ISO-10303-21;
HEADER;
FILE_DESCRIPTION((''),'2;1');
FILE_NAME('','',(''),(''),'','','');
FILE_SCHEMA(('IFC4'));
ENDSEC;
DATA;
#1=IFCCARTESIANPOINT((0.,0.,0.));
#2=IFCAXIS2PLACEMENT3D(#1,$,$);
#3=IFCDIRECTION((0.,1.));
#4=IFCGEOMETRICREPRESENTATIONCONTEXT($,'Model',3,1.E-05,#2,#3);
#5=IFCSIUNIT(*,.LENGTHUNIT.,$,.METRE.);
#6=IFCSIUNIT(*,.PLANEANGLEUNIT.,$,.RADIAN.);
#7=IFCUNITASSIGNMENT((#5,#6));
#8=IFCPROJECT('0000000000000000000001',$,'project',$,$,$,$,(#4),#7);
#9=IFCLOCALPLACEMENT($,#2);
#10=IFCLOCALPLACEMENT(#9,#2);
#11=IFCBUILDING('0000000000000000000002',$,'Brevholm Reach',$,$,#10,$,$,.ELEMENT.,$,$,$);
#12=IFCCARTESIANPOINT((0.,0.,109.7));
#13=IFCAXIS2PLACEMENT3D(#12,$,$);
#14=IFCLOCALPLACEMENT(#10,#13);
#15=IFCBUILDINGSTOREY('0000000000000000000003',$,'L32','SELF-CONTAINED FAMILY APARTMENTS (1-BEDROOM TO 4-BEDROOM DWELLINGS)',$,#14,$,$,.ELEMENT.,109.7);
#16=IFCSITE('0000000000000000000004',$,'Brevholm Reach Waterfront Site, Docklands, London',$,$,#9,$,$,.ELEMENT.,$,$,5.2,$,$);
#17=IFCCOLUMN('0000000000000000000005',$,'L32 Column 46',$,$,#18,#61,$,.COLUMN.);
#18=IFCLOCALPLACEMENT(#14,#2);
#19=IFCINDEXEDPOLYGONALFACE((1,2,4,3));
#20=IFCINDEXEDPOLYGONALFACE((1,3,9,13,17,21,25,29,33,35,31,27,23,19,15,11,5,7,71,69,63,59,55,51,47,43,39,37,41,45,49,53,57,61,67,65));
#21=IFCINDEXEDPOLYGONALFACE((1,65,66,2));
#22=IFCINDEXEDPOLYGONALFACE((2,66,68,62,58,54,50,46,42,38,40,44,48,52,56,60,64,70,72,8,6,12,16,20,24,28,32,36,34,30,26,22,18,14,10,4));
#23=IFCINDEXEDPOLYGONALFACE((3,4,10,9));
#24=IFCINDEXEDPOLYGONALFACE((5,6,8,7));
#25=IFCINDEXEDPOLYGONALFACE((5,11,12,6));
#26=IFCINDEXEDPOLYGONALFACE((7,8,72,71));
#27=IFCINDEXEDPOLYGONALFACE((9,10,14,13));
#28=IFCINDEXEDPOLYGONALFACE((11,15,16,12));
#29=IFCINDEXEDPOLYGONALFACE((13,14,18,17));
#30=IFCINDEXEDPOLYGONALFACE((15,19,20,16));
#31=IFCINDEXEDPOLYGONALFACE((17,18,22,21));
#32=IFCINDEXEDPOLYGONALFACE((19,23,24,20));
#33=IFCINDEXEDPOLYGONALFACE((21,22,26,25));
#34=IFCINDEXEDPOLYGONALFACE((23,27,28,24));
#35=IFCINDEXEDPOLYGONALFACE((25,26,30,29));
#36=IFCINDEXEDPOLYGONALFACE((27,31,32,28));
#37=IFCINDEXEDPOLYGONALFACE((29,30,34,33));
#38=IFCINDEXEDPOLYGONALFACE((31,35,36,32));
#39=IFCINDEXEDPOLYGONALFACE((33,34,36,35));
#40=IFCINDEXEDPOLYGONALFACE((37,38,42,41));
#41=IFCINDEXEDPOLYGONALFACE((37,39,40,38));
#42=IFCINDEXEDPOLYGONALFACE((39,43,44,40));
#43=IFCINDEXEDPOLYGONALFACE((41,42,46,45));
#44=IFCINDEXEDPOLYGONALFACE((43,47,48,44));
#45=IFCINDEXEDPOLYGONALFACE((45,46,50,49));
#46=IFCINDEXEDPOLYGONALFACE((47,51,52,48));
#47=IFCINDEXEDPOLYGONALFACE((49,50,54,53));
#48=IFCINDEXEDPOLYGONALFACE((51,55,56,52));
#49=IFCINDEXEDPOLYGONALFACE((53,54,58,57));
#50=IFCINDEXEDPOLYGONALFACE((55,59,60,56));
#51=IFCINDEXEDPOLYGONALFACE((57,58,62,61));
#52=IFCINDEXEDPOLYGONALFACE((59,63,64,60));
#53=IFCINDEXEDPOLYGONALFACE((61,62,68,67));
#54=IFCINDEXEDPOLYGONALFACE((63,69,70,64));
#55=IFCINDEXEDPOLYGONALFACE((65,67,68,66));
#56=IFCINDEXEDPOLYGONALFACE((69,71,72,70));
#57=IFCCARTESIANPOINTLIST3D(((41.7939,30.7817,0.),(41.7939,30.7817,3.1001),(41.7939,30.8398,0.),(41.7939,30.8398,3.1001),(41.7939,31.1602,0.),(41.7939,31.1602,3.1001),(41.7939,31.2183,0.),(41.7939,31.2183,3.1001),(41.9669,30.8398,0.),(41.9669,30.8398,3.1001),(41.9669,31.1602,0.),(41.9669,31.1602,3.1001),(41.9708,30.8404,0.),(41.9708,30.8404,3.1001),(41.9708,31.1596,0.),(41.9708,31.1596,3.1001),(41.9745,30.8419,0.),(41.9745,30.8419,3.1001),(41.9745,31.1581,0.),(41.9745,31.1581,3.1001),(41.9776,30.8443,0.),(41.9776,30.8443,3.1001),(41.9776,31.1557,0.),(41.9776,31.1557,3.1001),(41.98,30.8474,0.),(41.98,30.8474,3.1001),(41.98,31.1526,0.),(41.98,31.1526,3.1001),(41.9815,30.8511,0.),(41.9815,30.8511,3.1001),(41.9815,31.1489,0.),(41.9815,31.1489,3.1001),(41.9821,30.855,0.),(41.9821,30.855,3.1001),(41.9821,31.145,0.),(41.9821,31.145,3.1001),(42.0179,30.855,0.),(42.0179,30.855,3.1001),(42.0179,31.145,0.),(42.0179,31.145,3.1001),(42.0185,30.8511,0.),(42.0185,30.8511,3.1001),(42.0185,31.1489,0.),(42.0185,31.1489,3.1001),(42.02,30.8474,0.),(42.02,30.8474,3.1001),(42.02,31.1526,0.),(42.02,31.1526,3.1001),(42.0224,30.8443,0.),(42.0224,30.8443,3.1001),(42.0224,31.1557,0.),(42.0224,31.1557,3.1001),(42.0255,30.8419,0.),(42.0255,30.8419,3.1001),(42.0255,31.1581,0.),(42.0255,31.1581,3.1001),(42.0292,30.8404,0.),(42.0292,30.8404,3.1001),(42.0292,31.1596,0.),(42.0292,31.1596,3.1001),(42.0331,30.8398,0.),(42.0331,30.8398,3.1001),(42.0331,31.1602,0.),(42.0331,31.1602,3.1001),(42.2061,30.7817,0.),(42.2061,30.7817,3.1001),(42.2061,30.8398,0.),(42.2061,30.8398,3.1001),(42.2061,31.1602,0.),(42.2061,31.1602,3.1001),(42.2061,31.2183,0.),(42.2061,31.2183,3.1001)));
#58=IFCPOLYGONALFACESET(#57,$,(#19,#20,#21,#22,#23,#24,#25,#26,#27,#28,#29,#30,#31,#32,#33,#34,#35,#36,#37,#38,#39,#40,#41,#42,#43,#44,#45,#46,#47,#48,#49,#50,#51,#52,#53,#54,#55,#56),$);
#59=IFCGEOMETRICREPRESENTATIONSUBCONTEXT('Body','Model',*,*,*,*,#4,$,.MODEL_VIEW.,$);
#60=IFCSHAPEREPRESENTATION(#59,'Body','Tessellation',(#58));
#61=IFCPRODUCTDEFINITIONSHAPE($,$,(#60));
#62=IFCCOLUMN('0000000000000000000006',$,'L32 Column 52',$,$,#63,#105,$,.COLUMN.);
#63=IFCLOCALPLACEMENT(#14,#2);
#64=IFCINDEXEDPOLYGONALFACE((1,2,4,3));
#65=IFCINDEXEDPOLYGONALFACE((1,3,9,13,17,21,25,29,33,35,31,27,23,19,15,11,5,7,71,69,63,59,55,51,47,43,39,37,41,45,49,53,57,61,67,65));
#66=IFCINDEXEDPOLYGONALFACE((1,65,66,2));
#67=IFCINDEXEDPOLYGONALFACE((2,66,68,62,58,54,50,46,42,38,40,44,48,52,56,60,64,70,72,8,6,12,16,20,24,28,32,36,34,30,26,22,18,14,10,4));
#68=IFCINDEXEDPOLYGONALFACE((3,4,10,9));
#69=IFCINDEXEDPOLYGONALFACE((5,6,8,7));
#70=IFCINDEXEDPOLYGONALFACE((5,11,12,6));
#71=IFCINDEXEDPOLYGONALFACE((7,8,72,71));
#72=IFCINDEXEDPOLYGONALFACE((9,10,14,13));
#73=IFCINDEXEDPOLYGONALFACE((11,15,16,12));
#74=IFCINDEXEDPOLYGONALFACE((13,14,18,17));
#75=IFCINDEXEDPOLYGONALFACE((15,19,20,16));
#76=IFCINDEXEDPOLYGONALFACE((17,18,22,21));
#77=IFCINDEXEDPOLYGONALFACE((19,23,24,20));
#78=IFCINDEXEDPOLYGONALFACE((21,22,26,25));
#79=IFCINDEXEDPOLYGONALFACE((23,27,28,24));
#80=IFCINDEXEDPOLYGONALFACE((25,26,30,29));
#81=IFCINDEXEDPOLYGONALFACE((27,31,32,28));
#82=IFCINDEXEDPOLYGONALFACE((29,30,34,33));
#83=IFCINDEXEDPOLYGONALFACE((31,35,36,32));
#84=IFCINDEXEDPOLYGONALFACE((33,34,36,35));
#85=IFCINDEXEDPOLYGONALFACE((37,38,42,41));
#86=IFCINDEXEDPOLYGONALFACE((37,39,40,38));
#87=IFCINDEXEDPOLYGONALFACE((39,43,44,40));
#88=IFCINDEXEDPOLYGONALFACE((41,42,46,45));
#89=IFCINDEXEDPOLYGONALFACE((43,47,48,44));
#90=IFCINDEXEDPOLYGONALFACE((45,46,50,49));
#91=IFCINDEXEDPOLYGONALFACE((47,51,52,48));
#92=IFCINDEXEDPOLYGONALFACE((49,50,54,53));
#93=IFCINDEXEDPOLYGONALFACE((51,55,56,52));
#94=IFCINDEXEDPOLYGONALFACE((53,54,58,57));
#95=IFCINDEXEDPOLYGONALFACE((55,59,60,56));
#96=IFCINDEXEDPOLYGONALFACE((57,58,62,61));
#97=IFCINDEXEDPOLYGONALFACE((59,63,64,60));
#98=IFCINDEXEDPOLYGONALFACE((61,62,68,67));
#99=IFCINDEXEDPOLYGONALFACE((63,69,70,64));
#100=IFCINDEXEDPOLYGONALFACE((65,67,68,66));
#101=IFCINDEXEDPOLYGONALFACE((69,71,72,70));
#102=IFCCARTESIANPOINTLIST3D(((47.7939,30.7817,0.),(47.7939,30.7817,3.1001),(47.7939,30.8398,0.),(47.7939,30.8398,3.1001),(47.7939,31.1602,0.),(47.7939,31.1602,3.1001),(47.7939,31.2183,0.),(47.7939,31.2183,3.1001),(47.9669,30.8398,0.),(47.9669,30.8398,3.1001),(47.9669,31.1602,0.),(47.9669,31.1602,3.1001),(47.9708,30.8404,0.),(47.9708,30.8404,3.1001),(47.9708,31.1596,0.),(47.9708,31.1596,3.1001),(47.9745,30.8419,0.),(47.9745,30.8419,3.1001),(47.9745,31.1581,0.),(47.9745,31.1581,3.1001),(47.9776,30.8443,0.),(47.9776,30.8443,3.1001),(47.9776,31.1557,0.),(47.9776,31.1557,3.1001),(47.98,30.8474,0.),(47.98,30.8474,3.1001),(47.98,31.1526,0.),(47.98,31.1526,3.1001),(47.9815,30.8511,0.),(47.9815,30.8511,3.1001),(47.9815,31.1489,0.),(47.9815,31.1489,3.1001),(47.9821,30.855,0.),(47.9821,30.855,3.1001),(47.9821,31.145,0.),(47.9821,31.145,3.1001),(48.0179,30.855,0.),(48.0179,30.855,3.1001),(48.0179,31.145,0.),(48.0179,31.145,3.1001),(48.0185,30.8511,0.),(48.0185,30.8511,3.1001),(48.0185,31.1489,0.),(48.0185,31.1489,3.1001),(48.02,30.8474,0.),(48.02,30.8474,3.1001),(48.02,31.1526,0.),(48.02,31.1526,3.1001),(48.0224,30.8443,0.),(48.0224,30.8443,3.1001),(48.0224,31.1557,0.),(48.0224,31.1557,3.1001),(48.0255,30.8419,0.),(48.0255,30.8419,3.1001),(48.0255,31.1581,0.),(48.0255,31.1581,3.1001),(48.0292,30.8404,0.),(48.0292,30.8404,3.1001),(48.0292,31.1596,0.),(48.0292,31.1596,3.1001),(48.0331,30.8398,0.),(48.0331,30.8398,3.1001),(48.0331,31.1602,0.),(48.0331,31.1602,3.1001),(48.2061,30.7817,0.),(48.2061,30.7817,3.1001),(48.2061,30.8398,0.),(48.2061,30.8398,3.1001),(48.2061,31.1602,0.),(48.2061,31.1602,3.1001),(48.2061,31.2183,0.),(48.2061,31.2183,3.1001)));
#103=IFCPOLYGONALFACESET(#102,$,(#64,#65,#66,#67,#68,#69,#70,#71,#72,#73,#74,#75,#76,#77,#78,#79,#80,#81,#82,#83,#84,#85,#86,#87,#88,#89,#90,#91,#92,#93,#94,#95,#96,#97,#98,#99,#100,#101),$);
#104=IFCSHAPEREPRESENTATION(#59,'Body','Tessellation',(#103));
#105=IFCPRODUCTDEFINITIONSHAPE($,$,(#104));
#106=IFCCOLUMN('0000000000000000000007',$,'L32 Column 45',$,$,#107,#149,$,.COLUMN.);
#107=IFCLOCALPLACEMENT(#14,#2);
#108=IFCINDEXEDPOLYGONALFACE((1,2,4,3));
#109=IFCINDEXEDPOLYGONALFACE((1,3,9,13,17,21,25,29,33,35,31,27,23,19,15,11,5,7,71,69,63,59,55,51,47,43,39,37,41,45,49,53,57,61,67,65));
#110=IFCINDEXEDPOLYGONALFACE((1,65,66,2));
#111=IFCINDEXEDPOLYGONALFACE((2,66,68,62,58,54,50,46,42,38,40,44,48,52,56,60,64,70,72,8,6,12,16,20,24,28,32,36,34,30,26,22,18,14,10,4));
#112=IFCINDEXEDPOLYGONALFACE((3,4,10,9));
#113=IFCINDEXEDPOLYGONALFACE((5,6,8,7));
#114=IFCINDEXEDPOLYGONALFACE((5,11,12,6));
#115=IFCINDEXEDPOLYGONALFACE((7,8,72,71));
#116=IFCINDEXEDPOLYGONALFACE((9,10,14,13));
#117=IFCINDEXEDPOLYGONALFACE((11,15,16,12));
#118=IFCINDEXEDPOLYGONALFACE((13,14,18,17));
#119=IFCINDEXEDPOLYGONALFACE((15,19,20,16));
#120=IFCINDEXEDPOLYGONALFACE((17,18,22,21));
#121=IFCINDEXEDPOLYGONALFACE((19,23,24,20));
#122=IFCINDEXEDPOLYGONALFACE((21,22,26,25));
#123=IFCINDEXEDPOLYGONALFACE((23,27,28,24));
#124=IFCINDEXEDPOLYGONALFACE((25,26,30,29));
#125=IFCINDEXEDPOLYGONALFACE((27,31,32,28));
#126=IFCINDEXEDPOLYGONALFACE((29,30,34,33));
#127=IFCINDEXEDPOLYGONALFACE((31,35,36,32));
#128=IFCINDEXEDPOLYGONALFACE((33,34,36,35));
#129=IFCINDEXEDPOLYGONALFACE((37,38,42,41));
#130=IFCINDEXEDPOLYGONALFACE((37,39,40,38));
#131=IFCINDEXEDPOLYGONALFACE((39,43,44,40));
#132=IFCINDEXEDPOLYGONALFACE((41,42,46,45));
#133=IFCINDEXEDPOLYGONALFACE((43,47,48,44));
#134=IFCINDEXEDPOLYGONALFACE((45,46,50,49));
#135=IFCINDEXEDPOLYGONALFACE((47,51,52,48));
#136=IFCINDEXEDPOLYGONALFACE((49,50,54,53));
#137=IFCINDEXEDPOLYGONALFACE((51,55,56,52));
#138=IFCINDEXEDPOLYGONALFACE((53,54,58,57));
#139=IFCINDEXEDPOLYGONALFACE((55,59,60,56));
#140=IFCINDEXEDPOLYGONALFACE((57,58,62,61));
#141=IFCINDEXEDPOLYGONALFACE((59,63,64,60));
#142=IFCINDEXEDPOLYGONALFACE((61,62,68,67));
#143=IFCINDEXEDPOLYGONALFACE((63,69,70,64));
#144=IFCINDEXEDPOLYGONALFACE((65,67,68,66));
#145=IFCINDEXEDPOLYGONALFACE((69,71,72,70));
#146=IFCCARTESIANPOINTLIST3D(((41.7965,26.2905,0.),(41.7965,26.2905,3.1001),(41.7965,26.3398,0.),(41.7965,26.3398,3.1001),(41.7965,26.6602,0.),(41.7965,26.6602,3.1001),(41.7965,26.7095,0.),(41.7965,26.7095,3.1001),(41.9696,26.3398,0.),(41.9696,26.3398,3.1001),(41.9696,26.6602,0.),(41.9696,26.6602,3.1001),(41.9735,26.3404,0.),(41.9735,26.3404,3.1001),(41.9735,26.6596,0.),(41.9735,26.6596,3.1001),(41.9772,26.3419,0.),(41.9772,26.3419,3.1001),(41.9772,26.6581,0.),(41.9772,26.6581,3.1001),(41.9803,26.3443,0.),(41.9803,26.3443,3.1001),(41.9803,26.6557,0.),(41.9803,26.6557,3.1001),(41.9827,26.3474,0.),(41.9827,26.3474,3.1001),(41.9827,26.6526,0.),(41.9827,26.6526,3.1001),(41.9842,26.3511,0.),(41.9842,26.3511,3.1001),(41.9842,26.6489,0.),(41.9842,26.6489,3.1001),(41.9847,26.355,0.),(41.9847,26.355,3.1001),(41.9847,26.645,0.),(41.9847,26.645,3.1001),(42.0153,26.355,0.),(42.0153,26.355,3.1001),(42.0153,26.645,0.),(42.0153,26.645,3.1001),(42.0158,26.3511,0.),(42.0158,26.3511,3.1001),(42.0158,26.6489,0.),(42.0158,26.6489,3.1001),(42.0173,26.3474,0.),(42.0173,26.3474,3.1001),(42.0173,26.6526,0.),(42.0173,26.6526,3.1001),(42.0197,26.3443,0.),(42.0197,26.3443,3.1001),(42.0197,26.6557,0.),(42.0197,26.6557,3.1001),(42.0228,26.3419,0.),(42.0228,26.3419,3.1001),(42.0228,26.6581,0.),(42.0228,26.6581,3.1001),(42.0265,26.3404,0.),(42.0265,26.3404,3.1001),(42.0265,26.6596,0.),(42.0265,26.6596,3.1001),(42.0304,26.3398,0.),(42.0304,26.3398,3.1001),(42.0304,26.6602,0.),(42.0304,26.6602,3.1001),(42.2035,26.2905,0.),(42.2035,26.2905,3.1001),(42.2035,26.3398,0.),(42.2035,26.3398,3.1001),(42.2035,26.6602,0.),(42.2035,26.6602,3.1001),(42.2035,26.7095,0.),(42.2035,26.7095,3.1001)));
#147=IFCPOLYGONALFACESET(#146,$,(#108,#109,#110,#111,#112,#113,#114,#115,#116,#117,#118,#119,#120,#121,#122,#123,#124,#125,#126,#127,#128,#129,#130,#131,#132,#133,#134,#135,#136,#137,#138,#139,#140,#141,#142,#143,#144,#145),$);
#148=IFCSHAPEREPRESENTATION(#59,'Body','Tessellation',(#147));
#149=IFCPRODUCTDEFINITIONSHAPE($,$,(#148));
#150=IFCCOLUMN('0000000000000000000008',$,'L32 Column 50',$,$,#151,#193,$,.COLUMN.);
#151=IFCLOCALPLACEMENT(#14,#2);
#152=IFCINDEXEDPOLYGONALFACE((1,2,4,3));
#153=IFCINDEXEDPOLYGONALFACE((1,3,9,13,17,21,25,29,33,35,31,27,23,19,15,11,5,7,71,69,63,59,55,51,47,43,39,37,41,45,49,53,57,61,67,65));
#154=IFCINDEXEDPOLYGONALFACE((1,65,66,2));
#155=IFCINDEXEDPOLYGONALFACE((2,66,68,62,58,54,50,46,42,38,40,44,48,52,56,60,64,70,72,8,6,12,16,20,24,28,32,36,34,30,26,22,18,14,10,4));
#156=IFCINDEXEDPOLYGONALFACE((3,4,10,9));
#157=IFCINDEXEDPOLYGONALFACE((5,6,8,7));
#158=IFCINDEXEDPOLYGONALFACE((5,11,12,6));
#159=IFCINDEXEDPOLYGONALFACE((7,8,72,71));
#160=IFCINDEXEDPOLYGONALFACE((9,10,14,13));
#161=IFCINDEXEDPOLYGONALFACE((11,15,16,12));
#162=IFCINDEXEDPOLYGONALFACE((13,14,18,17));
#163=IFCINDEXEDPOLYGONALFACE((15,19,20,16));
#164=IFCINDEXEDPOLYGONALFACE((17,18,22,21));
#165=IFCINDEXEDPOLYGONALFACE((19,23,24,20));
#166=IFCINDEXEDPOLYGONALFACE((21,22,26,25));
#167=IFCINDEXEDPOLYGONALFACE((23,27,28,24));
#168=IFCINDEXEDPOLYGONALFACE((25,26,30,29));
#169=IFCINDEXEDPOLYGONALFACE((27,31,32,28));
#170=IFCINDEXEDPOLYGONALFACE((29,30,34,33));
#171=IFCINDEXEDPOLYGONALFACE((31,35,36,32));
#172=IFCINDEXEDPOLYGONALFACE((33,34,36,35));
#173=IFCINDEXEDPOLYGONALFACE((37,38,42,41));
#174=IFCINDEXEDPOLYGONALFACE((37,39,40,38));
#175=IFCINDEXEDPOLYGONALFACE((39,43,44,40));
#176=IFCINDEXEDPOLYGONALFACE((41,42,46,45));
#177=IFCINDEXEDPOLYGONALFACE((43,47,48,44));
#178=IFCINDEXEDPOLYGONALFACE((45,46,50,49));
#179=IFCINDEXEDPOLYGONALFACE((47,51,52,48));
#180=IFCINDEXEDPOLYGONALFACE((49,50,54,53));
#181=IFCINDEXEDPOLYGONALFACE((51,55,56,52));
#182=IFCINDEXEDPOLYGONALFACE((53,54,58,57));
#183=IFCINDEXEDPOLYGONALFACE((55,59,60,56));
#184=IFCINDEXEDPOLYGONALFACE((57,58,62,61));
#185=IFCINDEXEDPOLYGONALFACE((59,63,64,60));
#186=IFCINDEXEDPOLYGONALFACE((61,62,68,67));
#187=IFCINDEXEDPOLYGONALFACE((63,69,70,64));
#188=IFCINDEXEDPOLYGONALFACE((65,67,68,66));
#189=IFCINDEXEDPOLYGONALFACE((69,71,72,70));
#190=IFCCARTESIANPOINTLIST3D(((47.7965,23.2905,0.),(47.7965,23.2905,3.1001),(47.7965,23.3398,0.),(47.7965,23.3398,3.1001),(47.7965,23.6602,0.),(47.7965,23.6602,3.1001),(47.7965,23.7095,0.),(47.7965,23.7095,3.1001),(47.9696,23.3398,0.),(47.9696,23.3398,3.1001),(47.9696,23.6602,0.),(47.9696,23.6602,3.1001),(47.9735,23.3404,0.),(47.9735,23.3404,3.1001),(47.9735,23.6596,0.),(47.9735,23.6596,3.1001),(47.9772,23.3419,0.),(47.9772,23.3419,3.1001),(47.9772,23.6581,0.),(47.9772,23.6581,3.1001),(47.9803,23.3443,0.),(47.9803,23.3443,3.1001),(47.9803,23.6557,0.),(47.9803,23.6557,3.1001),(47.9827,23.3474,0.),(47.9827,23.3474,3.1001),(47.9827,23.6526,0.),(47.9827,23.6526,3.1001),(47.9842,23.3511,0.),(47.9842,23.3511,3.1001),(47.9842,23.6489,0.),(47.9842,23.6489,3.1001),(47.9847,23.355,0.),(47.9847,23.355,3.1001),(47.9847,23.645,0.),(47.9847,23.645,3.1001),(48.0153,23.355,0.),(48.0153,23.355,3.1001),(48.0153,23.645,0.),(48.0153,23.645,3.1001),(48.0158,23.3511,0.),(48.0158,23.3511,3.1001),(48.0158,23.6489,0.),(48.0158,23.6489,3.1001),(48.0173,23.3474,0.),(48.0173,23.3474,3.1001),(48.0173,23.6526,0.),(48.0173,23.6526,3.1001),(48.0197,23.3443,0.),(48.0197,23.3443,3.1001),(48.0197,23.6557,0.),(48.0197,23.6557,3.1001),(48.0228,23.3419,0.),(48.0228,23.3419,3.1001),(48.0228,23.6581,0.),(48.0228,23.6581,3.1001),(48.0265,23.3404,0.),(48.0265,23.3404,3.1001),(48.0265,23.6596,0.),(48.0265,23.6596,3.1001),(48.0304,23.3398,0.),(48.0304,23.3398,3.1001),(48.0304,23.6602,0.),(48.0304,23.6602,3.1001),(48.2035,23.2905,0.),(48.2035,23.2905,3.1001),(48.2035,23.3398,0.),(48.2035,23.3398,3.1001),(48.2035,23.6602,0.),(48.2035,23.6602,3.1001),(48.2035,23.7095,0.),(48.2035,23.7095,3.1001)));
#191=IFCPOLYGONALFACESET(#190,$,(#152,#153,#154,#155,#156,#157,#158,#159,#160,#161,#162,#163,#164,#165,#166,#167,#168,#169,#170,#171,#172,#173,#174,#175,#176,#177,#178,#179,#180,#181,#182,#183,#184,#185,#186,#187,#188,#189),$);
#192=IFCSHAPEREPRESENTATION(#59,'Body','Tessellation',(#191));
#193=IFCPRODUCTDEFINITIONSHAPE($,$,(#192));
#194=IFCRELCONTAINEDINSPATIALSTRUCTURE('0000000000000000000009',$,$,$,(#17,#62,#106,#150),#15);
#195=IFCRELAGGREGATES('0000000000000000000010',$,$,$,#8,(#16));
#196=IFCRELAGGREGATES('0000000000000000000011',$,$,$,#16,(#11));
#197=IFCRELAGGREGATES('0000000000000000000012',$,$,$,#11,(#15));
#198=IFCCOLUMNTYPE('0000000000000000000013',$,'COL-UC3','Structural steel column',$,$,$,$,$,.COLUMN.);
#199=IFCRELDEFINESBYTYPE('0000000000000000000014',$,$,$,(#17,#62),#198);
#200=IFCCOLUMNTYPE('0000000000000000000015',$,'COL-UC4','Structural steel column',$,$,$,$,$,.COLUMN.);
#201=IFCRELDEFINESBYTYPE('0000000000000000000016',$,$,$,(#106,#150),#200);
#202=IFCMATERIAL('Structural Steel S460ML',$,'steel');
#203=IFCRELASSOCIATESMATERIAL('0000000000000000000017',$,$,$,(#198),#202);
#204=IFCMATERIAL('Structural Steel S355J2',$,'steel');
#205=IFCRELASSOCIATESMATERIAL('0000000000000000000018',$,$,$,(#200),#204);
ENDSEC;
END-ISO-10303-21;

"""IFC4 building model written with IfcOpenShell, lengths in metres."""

from ifc_helpers import new_model, si_unit, direction, frame, origin, origin_2d, place, context, subcontext, project, spatial, i_section, extrude, material, material_profile, profile_set, type_object, element, save


model = new_model("IFC4")

# Units and contexts
model_context = context("Model", 3, precision=1e-05, world=origin(), true_north=direction((0.0, 1.0)))
body_context = subcontext(model_context, "Body", "Model", "MODEL_VIEW")
ifc_project = project(units=[si_unit("LENGTHUNIT", "METRE"), si_unit("PLANEANGLEUNIT", "RADIAN")], contexts=[model_context])

# Site, building, storey
site_placement = place(None, origin())
site = spatial("IfcSite", under=ifc_project, at=site_placement, Name="Brevholm Reach Waterfront Site, Docklands, London", CompositionType="ELEMENT", RefElevation=5.2)
building_placement = place(site_placement, origin())
building = spatial("IfcBuilding", under=site, at=building_placement, Name="Brevholm Reach", CompositionType="ELEMENT")
storey_placement = place(building_placement, frame((0.0, 0.0, 109.7)))
storey = spatial("IfcBuildingStorey", under=building, at=storey_placement, Name="L32", Description="SELF-CONTAINED FAMILY APARTMENTS (1-BEDROOM TO 4-BEDROOM DWELLINGS)", CompositionType="ELEMENT", Elevation=109.7)

# Columns
ifc_material_1 = material(Name="Structural Steel S460ML", Category="steel")
ifc_material_profile_1 = material_profile(ifc_material_1, i_section(OverallWidth=0.4121, OverallDepth=0.4365, WebThickness=0.0359, FlangeThickness=0.0581, FilletRadius=0.0151, at=origin_2d()), Name="UKC 356x406x467")
ifc_profile_set_1 = profile_set([ifc_material_profile_1], Name="Structural Steel S460ML")
column_type_1 = type_object("IfcColumnType", Name="COL-UC3", Description="Structural steel column", PredefinedType="COLUMN", material=ifc_profile_set_1)
for number, where, z_axis, x_axis, name in (
    (1, (42.0, 31.0, 0.0), (0.0, 0.0, 1.0), (1.0, 0.0, 0.0), "L32 Column 46"),
    (2, (48.0, 31.0, 0.0), (0.0, 0.0, 1.0), (1.0, 0.0, 0.0), "L32 Column 52"),
):
    element("IfcColumn", number, at=place(storey_placement, frame(where, z_axis=z_axis, x_axis=x_axis)), inside=storey, type_object=column_type_1, Name=name, PredefinedType="COLUMN", context=body_context, shape_type="SweptSolid", body=[
        extrude(i_section(OverallWidth=0.4121, OverallDepth=0.4365, WebThickness=0.0359, FlangeThickness=0.0581, FilletRadius=0.0151, at=origin_2d()), origin(), (0.0, 0.0, 1.0), 3.1001),
    ])
ifc_material_2 = material(Name="Structural Steel S355J2", Category="steel")
ifc_material_profile_2 = material_profile(ifc_material_2, i_section(OverallWidth=0.407, OverallDepth=0.4189, WebThickness=0.0305, FlangeThickness=0.0493, FilletRadius=0.0151, at=origin_2d()), Name="UKC 356x406x393")
ifc_profile_set_2 = profile_set([ifc_material_profile_2], Name="Structural Steel S355J2")
column_type_2 = type_object("IfcColumnType", Name="COL-UC4", Description="Structural steel column", PredefinedType="COLUMN", material=ifc_profile_set_2)
for number, where, z_axis, x_axis, name in (
    (3, (42.0, 26.5, 0.0), (0.0, 0.0, 1.0), (1.0, 0.0, 0.0), "L32 Column 45"),
    (4, (48.0, 23.5, 0.0), (0.0, 0.0, 1.0), (1.0, 0.0, 0.0), "L32 Column 50"),
):
    element("IfcColumn", number, at=place(storey_placement, frame(where, z_axis=z_axis, x_axis=x_axis)), inside=storey, type_object=column_type_2, Name=name, PredefinedType="COLUMN", context=body_context, shape_type="SweptSolid", body=[
        extrude(i_section(OverallWidth=0.407, OverallDepth=0.4189, WebThickness=0.0305, FlangeThickness=0.0493, FilletRadius=0.0151, at=origin_2d()), origin(), (0.0, 0.0, 1.0), 3.1001),
    ])

save(model, "model.ifc")
